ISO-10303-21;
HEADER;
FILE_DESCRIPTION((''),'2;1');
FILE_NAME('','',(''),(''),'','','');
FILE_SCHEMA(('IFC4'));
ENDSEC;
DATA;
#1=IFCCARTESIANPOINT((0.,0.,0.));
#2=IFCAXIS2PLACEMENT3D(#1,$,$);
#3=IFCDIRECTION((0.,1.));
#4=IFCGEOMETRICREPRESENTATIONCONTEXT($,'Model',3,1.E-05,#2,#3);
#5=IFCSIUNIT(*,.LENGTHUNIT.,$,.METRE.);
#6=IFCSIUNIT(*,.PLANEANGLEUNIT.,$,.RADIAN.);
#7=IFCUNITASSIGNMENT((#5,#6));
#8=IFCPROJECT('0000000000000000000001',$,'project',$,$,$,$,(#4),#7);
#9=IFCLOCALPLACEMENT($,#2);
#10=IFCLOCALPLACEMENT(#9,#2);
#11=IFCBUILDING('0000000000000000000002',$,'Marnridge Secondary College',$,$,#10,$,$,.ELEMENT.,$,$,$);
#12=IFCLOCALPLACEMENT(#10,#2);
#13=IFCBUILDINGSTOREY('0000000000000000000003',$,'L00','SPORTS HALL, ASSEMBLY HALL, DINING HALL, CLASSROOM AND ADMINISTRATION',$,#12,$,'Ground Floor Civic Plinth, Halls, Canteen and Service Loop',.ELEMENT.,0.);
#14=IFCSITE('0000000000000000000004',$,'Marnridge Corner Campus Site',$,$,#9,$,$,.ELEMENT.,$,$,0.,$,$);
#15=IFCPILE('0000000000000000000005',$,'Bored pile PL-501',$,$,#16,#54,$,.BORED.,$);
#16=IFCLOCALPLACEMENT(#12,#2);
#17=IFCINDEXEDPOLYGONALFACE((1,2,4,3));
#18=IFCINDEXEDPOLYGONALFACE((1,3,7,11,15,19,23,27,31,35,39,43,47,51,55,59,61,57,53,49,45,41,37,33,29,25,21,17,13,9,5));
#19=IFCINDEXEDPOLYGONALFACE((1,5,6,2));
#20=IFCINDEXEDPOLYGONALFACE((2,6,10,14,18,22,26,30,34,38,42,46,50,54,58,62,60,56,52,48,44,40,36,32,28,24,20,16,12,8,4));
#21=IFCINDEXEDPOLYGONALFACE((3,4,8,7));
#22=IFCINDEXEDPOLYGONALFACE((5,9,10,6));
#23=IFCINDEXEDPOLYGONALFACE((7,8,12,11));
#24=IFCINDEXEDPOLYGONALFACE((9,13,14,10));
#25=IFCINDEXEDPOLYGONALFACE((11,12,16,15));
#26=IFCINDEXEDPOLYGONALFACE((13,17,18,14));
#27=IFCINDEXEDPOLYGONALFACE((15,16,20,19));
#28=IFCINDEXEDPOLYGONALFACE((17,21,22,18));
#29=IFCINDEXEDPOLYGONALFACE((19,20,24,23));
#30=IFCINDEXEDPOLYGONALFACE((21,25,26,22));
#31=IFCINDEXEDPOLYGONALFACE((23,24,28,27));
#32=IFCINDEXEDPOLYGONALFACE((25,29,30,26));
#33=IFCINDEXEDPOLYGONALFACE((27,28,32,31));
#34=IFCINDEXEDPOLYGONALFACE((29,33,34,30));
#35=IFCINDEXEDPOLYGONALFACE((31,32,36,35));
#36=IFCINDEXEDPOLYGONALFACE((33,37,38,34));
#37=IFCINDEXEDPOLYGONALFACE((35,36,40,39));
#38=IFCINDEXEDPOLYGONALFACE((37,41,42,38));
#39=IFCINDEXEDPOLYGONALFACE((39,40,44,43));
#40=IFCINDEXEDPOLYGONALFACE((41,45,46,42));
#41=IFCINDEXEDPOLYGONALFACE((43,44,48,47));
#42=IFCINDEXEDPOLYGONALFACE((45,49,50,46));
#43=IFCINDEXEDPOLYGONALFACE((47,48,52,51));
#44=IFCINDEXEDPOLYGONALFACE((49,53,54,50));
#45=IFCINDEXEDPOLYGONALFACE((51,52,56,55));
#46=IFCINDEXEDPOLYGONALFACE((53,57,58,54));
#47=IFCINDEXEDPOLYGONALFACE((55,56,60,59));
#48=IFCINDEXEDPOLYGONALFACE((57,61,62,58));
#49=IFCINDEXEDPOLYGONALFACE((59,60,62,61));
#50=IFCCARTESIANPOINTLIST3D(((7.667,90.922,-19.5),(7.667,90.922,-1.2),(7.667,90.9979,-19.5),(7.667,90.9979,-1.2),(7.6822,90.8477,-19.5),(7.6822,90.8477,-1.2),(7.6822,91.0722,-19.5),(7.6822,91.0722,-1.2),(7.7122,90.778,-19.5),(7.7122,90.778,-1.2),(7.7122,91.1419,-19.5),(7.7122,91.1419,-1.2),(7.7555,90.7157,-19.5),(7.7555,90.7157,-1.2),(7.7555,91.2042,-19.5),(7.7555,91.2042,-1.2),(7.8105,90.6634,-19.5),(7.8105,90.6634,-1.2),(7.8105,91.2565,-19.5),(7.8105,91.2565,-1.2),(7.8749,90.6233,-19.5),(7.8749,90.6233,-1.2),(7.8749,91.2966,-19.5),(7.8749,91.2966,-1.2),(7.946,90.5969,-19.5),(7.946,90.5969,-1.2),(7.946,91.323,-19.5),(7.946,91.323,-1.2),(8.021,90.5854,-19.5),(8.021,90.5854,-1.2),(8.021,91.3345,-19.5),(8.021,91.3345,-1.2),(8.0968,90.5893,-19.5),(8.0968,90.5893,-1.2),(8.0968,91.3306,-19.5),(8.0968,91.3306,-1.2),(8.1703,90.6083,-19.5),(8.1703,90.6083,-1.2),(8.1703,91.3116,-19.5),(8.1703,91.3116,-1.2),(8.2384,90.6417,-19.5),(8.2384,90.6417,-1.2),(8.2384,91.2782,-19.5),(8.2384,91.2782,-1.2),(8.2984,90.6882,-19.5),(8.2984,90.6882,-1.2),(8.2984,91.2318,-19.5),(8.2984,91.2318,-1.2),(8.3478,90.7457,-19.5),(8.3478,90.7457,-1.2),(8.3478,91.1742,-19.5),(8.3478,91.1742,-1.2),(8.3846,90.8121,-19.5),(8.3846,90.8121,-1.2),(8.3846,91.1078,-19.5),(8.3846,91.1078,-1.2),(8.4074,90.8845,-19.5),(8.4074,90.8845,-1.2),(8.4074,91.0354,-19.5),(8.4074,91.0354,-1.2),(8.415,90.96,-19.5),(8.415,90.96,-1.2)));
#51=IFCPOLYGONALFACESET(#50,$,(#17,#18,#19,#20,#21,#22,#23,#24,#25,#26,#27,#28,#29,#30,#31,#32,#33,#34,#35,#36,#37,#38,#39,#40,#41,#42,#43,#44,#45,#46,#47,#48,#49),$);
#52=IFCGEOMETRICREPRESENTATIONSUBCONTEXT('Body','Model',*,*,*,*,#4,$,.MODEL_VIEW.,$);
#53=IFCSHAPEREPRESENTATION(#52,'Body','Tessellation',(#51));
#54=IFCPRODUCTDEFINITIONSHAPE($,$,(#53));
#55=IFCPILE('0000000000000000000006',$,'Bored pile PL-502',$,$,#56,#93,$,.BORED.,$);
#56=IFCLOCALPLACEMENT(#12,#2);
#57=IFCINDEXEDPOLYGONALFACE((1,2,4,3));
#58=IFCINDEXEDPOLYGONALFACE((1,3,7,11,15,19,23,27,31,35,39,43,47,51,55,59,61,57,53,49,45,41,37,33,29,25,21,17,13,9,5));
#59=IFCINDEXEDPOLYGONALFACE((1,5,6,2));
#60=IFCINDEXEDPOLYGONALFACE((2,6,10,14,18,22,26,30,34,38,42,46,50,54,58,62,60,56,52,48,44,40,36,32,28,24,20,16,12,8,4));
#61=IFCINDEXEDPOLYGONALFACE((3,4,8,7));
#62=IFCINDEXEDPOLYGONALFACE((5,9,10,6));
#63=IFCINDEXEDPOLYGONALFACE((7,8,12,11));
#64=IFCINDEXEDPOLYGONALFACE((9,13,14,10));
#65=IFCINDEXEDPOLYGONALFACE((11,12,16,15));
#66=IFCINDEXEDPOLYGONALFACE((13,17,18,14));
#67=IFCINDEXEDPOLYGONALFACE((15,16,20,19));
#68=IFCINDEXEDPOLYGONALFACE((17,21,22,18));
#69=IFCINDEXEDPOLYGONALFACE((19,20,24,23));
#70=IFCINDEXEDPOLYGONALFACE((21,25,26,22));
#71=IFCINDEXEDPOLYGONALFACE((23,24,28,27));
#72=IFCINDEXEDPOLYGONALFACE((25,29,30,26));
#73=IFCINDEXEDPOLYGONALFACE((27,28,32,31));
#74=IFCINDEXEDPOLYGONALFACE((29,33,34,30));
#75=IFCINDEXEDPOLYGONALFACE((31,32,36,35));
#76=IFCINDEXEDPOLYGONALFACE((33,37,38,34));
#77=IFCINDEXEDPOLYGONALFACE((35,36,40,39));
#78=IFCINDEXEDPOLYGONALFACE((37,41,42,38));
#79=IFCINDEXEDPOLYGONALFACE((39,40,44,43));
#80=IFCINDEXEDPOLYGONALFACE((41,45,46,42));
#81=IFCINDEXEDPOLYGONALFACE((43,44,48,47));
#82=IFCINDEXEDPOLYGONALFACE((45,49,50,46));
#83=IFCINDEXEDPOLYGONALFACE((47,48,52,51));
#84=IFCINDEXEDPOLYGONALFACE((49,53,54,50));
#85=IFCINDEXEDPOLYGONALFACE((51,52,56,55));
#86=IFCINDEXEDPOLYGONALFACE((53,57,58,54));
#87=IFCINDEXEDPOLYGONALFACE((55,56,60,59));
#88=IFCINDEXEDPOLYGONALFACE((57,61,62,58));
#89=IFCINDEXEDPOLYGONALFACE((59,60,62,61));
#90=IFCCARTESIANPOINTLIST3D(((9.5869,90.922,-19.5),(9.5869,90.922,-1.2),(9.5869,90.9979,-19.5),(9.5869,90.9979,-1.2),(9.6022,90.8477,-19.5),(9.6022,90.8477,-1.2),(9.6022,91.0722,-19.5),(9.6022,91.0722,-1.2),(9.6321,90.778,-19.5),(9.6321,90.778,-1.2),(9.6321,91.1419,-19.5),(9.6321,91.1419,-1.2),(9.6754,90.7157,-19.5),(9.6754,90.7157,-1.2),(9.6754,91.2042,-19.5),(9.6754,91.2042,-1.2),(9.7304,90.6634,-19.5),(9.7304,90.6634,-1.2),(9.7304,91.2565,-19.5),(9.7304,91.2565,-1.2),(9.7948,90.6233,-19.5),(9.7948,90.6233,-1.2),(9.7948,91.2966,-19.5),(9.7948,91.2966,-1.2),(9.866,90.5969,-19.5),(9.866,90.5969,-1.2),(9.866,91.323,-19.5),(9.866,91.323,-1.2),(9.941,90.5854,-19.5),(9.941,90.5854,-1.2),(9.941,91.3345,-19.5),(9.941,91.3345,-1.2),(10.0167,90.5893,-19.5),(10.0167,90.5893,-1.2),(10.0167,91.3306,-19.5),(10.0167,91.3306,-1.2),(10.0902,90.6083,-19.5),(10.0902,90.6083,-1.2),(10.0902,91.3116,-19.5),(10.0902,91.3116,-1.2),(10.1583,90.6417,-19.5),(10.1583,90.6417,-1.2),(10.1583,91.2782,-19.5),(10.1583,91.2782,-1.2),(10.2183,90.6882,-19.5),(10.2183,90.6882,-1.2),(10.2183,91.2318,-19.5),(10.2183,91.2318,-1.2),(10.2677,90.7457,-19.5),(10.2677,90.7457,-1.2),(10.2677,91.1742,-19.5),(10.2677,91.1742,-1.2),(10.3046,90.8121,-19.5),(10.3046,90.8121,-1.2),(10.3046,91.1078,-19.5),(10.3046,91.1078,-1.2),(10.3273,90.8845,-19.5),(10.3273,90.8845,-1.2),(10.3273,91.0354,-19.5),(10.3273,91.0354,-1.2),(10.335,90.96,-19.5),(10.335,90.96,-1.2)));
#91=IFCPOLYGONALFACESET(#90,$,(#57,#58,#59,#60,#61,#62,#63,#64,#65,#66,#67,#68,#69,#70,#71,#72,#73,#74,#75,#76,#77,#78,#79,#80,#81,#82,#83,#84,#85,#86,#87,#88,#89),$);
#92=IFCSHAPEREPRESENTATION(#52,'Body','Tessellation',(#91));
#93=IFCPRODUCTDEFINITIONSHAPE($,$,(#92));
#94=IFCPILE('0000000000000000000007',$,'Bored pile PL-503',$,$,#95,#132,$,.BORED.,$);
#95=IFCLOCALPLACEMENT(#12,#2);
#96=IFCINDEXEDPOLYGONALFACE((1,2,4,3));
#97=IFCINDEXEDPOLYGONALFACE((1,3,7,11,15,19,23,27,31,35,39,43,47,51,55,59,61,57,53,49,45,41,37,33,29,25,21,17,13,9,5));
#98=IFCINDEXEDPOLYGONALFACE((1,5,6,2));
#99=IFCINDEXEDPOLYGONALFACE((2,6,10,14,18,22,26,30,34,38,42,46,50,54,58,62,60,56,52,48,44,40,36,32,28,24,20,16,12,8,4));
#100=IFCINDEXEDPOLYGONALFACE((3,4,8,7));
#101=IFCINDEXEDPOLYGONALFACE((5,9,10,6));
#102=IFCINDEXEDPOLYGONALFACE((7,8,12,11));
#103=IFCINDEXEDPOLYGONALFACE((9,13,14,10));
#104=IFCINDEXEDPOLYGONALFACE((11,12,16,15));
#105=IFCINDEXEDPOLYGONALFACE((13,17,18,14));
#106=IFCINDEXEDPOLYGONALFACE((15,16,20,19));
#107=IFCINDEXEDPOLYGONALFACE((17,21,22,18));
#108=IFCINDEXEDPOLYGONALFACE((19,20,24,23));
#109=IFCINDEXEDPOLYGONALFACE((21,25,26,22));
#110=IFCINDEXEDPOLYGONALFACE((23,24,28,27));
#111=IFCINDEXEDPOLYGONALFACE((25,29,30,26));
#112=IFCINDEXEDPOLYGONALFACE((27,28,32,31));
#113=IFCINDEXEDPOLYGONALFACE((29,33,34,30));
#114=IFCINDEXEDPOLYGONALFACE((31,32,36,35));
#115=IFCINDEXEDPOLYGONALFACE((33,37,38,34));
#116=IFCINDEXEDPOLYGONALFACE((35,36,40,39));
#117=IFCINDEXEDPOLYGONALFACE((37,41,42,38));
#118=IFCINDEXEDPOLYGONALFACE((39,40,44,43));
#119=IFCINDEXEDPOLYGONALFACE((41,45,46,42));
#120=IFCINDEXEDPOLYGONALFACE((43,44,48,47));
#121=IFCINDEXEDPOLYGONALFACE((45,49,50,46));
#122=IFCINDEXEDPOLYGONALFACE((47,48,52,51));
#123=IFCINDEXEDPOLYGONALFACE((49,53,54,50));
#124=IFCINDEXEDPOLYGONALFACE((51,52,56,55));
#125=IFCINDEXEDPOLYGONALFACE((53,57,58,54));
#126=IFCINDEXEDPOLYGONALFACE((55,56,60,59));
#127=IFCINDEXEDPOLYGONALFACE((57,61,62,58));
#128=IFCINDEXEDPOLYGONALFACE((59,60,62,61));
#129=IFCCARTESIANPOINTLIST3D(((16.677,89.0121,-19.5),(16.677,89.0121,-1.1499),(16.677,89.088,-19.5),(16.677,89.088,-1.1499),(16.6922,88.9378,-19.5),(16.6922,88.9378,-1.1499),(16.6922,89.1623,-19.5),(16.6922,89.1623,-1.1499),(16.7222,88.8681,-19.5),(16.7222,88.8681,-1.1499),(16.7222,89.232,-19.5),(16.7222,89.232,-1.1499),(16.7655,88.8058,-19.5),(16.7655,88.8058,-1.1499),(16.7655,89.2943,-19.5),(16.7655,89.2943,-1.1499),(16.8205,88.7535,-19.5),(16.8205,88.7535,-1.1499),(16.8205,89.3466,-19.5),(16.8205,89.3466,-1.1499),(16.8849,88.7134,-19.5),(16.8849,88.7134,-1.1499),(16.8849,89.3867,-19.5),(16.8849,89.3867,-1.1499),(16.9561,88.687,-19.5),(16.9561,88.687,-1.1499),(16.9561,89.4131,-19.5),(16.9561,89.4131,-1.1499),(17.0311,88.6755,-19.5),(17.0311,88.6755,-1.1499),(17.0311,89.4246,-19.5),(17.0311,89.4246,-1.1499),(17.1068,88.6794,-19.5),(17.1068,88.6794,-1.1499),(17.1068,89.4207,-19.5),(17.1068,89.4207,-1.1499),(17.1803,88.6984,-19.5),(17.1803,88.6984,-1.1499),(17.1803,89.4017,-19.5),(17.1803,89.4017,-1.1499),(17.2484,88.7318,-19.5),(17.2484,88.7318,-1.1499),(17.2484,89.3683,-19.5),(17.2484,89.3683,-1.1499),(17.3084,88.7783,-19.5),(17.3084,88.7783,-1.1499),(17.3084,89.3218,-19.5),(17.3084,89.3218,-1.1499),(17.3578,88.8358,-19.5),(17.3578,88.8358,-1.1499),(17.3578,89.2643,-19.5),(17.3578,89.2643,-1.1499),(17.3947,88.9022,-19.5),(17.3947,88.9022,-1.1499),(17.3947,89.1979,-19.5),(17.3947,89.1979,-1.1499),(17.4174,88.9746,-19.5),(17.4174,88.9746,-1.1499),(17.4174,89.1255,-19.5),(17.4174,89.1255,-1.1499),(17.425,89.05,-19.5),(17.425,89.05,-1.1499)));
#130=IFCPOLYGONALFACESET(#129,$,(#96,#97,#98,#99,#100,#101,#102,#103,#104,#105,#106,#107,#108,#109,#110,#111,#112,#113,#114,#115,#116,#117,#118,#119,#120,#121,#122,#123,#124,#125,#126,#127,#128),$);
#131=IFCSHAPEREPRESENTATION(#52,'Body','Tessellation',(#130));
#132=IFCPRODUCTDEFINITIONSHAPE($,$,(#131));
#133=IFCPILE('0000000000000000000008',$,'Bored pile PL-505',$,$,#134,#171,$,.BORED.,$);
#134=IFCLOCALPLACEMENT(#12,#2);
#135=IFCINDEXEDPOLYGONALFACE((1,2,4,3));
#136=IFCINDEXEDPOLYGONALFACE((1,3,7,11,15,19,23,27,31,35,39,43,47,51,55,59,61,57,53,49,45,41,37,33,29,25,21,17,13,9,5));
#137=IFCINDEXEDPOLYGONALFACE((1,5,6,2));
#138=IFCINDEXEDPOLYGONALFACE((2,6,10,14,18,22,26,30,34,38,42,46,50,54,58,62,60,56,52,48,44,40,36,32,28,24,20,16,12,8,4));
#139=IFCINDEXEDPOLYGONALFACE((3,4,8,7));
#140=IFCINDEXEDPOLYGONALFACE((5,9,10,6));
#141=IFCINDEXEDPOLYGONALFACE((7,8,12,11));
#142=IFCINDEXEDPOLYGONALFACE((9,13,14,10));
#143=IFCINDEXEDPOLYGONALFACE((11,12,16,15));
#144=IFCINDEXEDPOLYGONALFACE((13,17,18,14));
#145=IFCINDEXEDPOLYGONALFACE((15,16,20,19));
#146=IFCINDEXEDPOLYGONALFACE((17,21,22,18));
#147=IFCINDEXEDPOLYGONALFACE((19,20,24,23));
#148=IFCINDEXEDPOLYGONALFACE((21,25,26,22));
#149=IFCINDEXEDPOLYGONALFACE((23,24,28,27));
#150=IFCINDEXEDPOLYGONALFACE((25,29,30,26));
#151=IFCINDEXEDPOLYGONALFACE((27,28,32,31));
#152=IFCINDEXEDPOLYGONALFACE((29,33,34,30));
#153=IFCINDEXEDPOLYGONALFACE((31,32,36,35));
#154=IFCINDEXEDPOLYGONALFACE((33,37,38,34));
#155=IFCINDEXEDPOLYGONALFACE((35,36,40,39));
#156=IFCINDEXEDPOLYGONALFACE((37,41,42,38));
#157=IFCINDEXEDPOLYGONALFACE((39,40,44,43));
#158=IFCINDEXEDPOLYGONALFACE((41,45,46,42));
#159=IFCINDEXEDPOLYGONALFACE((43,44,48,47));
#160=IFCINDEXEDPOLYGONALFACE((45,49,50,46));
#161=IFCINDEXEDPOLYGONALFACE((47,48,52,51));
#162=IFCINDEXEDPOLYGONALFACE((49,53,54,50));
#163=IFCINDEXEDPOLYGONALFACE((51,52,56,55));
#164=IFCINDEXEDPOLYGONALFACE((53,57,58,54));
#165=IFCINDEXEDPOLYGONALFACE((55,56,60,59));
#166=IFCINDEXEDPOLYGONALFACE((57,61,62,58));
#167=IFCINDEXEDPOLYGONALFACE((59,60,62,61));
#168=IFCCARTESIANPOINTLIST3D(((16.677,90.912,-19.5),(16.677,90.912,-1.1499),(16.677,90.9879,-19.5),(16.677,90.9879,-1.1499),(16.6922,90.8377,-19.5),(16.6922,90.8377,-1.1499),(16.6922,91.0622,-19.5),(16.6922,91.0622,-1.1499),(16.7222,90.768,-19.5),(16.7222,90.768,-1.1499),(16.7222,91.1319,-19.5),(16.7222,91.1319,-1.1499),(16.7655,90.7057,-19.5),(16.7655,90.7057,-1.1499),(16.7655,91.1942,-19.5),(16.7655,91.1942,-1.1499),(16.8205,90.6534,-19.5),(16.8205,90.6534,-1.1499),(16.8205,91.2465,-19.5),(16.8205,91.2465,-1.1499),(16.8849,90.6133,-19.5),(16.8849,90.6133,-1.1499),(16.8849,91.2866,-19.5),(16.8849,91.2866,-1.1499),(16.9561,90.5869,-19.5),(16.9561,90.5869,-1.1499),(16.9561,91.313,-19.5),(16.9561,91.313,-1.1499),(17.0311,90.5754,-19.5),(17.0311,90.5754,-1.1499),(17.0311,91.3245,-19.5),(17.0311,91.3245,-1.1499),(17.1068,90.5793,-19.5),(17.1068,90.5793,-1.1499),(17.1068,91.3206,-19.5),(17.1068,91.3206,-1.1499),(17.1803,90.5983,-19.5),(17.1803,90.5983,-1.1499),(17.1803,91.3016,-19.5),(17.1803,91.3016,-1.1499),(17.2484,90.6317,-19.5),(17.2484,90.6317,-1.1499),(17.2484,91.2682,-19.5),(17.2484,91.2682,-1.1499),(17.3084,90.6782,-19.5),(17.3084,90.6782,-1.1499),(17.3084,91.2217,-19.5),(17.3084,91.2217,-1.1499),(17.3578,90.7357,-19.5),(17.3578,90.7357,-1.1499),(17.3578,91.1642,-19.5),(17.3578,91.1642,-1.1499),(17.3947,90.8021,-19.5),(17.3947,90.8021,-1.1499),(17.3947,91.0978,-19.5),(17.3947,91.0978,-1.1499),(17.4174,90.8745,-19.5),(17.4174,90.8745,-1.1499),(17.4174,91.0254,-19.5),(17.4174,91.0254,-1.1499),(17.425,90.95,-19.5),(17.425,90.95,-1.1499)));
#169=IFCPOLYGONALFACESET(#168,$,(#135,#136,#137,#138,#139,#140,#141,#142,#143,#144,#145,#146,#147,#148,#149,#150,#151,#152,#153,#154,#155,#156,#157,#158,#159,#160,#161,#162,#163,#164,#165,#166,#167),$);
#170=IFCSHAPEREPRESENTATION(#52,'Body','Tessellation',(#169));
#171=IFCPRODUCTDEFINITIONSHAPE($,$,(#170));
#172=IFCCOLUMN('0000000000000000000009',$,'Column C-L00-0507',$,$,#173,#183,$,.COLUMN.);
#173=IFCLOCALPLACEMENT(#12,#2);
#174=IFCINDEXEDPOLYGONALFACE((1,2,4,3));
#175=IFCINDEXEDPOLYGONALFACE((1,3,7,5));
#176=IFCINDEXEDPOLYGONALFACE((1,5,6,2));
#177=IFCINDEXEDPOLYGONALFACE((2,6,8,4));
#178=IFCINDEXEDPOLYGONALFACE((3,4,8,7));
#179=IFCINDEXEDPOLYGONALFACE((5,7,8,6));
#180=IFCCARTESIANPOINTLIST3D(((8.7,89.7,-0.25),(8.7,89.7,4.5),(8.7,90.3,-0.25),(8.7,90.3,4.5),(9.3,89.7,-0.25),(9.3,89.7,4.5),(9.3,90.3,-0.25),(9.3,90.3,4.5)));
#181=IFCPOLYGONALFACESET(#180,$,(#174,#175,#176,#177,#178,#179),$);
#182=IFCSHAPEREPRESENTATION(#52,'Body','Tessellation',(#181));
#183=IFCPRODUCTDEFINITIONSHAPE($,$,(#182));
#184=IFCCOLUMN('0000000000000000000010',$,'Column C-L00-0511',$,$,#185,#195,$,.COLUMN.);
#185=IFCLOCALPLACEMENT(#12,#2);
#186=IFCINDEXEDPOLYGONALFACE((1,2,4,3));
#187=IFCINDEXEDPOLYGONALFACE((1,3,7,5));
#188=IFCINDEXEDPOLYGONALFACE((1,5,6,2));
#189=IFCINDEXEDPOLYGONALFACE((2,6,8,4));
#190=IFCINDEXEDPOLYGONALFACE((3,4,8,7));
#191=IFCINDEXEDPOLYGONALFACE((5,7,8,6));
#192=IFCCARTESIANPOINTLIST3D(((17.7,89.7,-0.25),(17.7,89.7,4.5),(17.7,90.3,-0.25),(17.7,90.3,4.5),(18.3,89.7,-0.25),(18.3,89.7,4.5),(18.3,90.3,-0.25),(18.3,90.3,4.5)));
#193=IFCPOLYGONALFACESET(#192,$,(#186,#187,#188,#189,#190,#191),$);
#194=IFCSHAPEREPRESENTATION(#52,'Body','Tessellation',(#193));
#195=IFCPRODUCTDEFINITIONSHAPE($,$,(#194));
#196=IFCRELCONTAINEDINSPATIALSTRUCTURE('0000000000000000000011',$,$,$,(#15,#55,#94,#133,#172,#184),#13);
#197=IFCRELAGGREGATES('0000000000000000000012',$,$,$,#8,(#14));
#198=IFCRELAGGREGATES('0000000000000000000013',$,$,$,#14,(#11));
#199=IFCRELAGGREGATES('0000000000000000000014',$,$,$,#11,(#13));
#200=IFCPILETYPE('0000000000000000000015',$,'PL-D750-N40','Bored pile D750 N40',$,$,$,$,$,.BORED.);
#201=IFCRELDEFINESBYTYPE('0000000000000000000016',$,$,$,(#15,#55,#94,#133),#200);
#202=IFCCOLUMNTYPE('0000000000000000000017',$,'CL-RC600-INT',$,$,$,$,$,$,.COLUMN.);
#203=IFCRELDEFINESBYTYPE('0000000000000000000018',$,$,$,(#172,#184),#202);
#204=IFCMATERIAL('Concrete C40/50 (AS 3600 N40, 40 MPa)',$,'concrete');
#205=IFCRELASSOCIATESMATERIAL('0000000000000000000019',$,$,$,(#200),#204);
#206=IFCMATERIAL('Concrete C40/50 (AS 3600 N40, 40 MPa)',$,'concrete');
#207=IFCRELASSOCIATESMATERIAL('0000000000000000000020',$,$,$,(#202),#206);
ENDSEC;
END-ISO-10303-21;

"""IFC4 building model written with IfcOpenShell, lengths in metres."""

from ifc_helpers import new_model, si_unit, direction, frame, origin, origin_2d, place, context, subcontext, project, spatial, rectangle, circle, extrude, material, material_profile, profile_set, type_object, element, save


model = new_model("IFC4")

# Units and contexts
model_context = context("Model", 3, precision=1e-05, world=origin(), true_north=direction((0.0, 1.0)))
body_context = subcontext(model_context, "Body", "Model", "MODEL_VIEW")
ifc_project = project(units=[si_unit("LENGTHUNIT", "METRE"), si_unit("PLANEANGLEUNIT", "RADIAN")], contexts=[model_context])

# Site, building, storey
site_placement = place(None, origin())
site = spatial("IfcSite", under=ifc_project, at=site_placement, Name="Marnridge Corner Campus Site", CompositionType="ELEMENT", RefElevation=0.0)
building_placement = place(site_placement, origin())
building = spatial("IfcBuilding", under=site, at=building_placement, Name="Marnridge Secondary College", CompositionType="ELEMENT")
storey_placement = place(building_placement, origin())
storey = spatial("IfcBuildingStorey", under=building, at=storey_placement, Name="L00", Description="SPORTS HALL, ASSEMBLY HALL, DINING HALL, CLASSROOM AND ADMINISTRATION", LongName="Ground Floor Civic Plinth, Halls, Canteen and Service Loop", CompositionType="ELEMENT", Elevation=0.0)

# Piles
ifc_material_1 = material(Name="Concrete C40/50 (AS 3600 N40, 40 MPa)", Category="concrete")
ifc_material_profile_1 = material_profile(ifc_material_1, circle(Radius=0.375, at=origin_2d()), Name="PILE D750")
ifc_profile_set_1 = profile_set([ifc_material_profile_1], Name="Concrete C40/50 (AS 3600 N40, 40 MPa)")
pile_type = type_object("IfcPileType", Name="PL-D750-N40", Description="Bored pile D750 N40", PredefinedType="BORED", material=ifc_profile_set_1)
for number, where, z_axis, x_axis, name in (
    (1, (8.04, 90.96, -1.2), (0.0, 0.0, -1.0), (1.0, 0.0, 0.0), "Bored pile PL-501"),
    (2, (9.96, 90.96, -1.2), (0.0, 0.0, -1.0), (1.0, 0.0, 0.0), "Bored pile PL-502"),
):
    element("IfcPile", number, at=place(storey_placement, frame(where, z_axis=z_axis, x_axis=x_axis)), inside=storey, type_object=pile_type, Name=name, PredefinedType="BORED", context=body_context, shape_type="SweptSolid", body=[
        extrude(circle(Radius=0.375, at=origin_2d()), origin(), (0.0, 0.0, 1.0), 18.3),
    ])
for number, where, z_axis, x_axis, name in (
    (3, (17.05, 89.05, -1.1499), (0.0, 0.0, -1.0), (1.0, 0.0, 0.0), "Bored pile PL-503"),
    (4, (17.05, 90.95, -1.1499), (0.0, 0.0, -1.0), (1.0, 0.0, 0.0), "Bored pile PL-505"),
):
    element("IfcPile", number, at=place(storey_placement, frame(where, z_axis=z_axis, x_axis=x_axis)), inside=storey, type_object=pile_type, Name=name, PredefinedType="BORED", context=body_context, shape_type="SweptSolid", body=[
        extrude(circle(Radius=0.375, at=origin_2d()), origin(), (0.0, 0.0, 1.0), 18.3501),
    ])

# Columns
ifc_material_2 = material(Name="Concrete C40/50 (AS 3600 N40, 40 MPa)", Category="concrete")
ifc_material_profile_2 = material_profile(ifc_material_2, rectangle(XDim=0.6001, YDim=0.6001, at=origin_2d()), Name="RC 600x600")
ifc_profile_set_2 = profile_set([ifc_material_profile_2], Name="Concrete C40/50 (AS 3600 N40, 40 MPa)")
column_type = type_object("IfcColumnType", Name="CL-RC600-INT", PredefinedType="COLUMN", material=ifc_profile_set_2)
for number, where, z_axis, x_axis, name in (
    (5, (9.0, 90.0, -0.25), (0.0, 0.0, 1.0), (1.0, 0.0, 0.0), "Column C-L00-0507"),
    (6, (18.0, 90.0, -0.25), (0.0, 0.0, 1.0), (1.0, 0.0, 0.0), "Column C-L00-0511"),
):
    element("IfcColumn", number, at=place(storey_placement, frame(where, z_axis=z_axis, x_axis=x_axis)), inside=storey, type_object=column_type, Name=name, PredefinedType="COLUMN", context=body_context, shape_type="SweptSolid", body=[
        extrude(rectangle(XDim=0.6001, YDim=0.6001, at=origin_2d()), origin(), (0.0, 0.0, 1.0), 4.75),
    ])

save(model, "model.ifc")
